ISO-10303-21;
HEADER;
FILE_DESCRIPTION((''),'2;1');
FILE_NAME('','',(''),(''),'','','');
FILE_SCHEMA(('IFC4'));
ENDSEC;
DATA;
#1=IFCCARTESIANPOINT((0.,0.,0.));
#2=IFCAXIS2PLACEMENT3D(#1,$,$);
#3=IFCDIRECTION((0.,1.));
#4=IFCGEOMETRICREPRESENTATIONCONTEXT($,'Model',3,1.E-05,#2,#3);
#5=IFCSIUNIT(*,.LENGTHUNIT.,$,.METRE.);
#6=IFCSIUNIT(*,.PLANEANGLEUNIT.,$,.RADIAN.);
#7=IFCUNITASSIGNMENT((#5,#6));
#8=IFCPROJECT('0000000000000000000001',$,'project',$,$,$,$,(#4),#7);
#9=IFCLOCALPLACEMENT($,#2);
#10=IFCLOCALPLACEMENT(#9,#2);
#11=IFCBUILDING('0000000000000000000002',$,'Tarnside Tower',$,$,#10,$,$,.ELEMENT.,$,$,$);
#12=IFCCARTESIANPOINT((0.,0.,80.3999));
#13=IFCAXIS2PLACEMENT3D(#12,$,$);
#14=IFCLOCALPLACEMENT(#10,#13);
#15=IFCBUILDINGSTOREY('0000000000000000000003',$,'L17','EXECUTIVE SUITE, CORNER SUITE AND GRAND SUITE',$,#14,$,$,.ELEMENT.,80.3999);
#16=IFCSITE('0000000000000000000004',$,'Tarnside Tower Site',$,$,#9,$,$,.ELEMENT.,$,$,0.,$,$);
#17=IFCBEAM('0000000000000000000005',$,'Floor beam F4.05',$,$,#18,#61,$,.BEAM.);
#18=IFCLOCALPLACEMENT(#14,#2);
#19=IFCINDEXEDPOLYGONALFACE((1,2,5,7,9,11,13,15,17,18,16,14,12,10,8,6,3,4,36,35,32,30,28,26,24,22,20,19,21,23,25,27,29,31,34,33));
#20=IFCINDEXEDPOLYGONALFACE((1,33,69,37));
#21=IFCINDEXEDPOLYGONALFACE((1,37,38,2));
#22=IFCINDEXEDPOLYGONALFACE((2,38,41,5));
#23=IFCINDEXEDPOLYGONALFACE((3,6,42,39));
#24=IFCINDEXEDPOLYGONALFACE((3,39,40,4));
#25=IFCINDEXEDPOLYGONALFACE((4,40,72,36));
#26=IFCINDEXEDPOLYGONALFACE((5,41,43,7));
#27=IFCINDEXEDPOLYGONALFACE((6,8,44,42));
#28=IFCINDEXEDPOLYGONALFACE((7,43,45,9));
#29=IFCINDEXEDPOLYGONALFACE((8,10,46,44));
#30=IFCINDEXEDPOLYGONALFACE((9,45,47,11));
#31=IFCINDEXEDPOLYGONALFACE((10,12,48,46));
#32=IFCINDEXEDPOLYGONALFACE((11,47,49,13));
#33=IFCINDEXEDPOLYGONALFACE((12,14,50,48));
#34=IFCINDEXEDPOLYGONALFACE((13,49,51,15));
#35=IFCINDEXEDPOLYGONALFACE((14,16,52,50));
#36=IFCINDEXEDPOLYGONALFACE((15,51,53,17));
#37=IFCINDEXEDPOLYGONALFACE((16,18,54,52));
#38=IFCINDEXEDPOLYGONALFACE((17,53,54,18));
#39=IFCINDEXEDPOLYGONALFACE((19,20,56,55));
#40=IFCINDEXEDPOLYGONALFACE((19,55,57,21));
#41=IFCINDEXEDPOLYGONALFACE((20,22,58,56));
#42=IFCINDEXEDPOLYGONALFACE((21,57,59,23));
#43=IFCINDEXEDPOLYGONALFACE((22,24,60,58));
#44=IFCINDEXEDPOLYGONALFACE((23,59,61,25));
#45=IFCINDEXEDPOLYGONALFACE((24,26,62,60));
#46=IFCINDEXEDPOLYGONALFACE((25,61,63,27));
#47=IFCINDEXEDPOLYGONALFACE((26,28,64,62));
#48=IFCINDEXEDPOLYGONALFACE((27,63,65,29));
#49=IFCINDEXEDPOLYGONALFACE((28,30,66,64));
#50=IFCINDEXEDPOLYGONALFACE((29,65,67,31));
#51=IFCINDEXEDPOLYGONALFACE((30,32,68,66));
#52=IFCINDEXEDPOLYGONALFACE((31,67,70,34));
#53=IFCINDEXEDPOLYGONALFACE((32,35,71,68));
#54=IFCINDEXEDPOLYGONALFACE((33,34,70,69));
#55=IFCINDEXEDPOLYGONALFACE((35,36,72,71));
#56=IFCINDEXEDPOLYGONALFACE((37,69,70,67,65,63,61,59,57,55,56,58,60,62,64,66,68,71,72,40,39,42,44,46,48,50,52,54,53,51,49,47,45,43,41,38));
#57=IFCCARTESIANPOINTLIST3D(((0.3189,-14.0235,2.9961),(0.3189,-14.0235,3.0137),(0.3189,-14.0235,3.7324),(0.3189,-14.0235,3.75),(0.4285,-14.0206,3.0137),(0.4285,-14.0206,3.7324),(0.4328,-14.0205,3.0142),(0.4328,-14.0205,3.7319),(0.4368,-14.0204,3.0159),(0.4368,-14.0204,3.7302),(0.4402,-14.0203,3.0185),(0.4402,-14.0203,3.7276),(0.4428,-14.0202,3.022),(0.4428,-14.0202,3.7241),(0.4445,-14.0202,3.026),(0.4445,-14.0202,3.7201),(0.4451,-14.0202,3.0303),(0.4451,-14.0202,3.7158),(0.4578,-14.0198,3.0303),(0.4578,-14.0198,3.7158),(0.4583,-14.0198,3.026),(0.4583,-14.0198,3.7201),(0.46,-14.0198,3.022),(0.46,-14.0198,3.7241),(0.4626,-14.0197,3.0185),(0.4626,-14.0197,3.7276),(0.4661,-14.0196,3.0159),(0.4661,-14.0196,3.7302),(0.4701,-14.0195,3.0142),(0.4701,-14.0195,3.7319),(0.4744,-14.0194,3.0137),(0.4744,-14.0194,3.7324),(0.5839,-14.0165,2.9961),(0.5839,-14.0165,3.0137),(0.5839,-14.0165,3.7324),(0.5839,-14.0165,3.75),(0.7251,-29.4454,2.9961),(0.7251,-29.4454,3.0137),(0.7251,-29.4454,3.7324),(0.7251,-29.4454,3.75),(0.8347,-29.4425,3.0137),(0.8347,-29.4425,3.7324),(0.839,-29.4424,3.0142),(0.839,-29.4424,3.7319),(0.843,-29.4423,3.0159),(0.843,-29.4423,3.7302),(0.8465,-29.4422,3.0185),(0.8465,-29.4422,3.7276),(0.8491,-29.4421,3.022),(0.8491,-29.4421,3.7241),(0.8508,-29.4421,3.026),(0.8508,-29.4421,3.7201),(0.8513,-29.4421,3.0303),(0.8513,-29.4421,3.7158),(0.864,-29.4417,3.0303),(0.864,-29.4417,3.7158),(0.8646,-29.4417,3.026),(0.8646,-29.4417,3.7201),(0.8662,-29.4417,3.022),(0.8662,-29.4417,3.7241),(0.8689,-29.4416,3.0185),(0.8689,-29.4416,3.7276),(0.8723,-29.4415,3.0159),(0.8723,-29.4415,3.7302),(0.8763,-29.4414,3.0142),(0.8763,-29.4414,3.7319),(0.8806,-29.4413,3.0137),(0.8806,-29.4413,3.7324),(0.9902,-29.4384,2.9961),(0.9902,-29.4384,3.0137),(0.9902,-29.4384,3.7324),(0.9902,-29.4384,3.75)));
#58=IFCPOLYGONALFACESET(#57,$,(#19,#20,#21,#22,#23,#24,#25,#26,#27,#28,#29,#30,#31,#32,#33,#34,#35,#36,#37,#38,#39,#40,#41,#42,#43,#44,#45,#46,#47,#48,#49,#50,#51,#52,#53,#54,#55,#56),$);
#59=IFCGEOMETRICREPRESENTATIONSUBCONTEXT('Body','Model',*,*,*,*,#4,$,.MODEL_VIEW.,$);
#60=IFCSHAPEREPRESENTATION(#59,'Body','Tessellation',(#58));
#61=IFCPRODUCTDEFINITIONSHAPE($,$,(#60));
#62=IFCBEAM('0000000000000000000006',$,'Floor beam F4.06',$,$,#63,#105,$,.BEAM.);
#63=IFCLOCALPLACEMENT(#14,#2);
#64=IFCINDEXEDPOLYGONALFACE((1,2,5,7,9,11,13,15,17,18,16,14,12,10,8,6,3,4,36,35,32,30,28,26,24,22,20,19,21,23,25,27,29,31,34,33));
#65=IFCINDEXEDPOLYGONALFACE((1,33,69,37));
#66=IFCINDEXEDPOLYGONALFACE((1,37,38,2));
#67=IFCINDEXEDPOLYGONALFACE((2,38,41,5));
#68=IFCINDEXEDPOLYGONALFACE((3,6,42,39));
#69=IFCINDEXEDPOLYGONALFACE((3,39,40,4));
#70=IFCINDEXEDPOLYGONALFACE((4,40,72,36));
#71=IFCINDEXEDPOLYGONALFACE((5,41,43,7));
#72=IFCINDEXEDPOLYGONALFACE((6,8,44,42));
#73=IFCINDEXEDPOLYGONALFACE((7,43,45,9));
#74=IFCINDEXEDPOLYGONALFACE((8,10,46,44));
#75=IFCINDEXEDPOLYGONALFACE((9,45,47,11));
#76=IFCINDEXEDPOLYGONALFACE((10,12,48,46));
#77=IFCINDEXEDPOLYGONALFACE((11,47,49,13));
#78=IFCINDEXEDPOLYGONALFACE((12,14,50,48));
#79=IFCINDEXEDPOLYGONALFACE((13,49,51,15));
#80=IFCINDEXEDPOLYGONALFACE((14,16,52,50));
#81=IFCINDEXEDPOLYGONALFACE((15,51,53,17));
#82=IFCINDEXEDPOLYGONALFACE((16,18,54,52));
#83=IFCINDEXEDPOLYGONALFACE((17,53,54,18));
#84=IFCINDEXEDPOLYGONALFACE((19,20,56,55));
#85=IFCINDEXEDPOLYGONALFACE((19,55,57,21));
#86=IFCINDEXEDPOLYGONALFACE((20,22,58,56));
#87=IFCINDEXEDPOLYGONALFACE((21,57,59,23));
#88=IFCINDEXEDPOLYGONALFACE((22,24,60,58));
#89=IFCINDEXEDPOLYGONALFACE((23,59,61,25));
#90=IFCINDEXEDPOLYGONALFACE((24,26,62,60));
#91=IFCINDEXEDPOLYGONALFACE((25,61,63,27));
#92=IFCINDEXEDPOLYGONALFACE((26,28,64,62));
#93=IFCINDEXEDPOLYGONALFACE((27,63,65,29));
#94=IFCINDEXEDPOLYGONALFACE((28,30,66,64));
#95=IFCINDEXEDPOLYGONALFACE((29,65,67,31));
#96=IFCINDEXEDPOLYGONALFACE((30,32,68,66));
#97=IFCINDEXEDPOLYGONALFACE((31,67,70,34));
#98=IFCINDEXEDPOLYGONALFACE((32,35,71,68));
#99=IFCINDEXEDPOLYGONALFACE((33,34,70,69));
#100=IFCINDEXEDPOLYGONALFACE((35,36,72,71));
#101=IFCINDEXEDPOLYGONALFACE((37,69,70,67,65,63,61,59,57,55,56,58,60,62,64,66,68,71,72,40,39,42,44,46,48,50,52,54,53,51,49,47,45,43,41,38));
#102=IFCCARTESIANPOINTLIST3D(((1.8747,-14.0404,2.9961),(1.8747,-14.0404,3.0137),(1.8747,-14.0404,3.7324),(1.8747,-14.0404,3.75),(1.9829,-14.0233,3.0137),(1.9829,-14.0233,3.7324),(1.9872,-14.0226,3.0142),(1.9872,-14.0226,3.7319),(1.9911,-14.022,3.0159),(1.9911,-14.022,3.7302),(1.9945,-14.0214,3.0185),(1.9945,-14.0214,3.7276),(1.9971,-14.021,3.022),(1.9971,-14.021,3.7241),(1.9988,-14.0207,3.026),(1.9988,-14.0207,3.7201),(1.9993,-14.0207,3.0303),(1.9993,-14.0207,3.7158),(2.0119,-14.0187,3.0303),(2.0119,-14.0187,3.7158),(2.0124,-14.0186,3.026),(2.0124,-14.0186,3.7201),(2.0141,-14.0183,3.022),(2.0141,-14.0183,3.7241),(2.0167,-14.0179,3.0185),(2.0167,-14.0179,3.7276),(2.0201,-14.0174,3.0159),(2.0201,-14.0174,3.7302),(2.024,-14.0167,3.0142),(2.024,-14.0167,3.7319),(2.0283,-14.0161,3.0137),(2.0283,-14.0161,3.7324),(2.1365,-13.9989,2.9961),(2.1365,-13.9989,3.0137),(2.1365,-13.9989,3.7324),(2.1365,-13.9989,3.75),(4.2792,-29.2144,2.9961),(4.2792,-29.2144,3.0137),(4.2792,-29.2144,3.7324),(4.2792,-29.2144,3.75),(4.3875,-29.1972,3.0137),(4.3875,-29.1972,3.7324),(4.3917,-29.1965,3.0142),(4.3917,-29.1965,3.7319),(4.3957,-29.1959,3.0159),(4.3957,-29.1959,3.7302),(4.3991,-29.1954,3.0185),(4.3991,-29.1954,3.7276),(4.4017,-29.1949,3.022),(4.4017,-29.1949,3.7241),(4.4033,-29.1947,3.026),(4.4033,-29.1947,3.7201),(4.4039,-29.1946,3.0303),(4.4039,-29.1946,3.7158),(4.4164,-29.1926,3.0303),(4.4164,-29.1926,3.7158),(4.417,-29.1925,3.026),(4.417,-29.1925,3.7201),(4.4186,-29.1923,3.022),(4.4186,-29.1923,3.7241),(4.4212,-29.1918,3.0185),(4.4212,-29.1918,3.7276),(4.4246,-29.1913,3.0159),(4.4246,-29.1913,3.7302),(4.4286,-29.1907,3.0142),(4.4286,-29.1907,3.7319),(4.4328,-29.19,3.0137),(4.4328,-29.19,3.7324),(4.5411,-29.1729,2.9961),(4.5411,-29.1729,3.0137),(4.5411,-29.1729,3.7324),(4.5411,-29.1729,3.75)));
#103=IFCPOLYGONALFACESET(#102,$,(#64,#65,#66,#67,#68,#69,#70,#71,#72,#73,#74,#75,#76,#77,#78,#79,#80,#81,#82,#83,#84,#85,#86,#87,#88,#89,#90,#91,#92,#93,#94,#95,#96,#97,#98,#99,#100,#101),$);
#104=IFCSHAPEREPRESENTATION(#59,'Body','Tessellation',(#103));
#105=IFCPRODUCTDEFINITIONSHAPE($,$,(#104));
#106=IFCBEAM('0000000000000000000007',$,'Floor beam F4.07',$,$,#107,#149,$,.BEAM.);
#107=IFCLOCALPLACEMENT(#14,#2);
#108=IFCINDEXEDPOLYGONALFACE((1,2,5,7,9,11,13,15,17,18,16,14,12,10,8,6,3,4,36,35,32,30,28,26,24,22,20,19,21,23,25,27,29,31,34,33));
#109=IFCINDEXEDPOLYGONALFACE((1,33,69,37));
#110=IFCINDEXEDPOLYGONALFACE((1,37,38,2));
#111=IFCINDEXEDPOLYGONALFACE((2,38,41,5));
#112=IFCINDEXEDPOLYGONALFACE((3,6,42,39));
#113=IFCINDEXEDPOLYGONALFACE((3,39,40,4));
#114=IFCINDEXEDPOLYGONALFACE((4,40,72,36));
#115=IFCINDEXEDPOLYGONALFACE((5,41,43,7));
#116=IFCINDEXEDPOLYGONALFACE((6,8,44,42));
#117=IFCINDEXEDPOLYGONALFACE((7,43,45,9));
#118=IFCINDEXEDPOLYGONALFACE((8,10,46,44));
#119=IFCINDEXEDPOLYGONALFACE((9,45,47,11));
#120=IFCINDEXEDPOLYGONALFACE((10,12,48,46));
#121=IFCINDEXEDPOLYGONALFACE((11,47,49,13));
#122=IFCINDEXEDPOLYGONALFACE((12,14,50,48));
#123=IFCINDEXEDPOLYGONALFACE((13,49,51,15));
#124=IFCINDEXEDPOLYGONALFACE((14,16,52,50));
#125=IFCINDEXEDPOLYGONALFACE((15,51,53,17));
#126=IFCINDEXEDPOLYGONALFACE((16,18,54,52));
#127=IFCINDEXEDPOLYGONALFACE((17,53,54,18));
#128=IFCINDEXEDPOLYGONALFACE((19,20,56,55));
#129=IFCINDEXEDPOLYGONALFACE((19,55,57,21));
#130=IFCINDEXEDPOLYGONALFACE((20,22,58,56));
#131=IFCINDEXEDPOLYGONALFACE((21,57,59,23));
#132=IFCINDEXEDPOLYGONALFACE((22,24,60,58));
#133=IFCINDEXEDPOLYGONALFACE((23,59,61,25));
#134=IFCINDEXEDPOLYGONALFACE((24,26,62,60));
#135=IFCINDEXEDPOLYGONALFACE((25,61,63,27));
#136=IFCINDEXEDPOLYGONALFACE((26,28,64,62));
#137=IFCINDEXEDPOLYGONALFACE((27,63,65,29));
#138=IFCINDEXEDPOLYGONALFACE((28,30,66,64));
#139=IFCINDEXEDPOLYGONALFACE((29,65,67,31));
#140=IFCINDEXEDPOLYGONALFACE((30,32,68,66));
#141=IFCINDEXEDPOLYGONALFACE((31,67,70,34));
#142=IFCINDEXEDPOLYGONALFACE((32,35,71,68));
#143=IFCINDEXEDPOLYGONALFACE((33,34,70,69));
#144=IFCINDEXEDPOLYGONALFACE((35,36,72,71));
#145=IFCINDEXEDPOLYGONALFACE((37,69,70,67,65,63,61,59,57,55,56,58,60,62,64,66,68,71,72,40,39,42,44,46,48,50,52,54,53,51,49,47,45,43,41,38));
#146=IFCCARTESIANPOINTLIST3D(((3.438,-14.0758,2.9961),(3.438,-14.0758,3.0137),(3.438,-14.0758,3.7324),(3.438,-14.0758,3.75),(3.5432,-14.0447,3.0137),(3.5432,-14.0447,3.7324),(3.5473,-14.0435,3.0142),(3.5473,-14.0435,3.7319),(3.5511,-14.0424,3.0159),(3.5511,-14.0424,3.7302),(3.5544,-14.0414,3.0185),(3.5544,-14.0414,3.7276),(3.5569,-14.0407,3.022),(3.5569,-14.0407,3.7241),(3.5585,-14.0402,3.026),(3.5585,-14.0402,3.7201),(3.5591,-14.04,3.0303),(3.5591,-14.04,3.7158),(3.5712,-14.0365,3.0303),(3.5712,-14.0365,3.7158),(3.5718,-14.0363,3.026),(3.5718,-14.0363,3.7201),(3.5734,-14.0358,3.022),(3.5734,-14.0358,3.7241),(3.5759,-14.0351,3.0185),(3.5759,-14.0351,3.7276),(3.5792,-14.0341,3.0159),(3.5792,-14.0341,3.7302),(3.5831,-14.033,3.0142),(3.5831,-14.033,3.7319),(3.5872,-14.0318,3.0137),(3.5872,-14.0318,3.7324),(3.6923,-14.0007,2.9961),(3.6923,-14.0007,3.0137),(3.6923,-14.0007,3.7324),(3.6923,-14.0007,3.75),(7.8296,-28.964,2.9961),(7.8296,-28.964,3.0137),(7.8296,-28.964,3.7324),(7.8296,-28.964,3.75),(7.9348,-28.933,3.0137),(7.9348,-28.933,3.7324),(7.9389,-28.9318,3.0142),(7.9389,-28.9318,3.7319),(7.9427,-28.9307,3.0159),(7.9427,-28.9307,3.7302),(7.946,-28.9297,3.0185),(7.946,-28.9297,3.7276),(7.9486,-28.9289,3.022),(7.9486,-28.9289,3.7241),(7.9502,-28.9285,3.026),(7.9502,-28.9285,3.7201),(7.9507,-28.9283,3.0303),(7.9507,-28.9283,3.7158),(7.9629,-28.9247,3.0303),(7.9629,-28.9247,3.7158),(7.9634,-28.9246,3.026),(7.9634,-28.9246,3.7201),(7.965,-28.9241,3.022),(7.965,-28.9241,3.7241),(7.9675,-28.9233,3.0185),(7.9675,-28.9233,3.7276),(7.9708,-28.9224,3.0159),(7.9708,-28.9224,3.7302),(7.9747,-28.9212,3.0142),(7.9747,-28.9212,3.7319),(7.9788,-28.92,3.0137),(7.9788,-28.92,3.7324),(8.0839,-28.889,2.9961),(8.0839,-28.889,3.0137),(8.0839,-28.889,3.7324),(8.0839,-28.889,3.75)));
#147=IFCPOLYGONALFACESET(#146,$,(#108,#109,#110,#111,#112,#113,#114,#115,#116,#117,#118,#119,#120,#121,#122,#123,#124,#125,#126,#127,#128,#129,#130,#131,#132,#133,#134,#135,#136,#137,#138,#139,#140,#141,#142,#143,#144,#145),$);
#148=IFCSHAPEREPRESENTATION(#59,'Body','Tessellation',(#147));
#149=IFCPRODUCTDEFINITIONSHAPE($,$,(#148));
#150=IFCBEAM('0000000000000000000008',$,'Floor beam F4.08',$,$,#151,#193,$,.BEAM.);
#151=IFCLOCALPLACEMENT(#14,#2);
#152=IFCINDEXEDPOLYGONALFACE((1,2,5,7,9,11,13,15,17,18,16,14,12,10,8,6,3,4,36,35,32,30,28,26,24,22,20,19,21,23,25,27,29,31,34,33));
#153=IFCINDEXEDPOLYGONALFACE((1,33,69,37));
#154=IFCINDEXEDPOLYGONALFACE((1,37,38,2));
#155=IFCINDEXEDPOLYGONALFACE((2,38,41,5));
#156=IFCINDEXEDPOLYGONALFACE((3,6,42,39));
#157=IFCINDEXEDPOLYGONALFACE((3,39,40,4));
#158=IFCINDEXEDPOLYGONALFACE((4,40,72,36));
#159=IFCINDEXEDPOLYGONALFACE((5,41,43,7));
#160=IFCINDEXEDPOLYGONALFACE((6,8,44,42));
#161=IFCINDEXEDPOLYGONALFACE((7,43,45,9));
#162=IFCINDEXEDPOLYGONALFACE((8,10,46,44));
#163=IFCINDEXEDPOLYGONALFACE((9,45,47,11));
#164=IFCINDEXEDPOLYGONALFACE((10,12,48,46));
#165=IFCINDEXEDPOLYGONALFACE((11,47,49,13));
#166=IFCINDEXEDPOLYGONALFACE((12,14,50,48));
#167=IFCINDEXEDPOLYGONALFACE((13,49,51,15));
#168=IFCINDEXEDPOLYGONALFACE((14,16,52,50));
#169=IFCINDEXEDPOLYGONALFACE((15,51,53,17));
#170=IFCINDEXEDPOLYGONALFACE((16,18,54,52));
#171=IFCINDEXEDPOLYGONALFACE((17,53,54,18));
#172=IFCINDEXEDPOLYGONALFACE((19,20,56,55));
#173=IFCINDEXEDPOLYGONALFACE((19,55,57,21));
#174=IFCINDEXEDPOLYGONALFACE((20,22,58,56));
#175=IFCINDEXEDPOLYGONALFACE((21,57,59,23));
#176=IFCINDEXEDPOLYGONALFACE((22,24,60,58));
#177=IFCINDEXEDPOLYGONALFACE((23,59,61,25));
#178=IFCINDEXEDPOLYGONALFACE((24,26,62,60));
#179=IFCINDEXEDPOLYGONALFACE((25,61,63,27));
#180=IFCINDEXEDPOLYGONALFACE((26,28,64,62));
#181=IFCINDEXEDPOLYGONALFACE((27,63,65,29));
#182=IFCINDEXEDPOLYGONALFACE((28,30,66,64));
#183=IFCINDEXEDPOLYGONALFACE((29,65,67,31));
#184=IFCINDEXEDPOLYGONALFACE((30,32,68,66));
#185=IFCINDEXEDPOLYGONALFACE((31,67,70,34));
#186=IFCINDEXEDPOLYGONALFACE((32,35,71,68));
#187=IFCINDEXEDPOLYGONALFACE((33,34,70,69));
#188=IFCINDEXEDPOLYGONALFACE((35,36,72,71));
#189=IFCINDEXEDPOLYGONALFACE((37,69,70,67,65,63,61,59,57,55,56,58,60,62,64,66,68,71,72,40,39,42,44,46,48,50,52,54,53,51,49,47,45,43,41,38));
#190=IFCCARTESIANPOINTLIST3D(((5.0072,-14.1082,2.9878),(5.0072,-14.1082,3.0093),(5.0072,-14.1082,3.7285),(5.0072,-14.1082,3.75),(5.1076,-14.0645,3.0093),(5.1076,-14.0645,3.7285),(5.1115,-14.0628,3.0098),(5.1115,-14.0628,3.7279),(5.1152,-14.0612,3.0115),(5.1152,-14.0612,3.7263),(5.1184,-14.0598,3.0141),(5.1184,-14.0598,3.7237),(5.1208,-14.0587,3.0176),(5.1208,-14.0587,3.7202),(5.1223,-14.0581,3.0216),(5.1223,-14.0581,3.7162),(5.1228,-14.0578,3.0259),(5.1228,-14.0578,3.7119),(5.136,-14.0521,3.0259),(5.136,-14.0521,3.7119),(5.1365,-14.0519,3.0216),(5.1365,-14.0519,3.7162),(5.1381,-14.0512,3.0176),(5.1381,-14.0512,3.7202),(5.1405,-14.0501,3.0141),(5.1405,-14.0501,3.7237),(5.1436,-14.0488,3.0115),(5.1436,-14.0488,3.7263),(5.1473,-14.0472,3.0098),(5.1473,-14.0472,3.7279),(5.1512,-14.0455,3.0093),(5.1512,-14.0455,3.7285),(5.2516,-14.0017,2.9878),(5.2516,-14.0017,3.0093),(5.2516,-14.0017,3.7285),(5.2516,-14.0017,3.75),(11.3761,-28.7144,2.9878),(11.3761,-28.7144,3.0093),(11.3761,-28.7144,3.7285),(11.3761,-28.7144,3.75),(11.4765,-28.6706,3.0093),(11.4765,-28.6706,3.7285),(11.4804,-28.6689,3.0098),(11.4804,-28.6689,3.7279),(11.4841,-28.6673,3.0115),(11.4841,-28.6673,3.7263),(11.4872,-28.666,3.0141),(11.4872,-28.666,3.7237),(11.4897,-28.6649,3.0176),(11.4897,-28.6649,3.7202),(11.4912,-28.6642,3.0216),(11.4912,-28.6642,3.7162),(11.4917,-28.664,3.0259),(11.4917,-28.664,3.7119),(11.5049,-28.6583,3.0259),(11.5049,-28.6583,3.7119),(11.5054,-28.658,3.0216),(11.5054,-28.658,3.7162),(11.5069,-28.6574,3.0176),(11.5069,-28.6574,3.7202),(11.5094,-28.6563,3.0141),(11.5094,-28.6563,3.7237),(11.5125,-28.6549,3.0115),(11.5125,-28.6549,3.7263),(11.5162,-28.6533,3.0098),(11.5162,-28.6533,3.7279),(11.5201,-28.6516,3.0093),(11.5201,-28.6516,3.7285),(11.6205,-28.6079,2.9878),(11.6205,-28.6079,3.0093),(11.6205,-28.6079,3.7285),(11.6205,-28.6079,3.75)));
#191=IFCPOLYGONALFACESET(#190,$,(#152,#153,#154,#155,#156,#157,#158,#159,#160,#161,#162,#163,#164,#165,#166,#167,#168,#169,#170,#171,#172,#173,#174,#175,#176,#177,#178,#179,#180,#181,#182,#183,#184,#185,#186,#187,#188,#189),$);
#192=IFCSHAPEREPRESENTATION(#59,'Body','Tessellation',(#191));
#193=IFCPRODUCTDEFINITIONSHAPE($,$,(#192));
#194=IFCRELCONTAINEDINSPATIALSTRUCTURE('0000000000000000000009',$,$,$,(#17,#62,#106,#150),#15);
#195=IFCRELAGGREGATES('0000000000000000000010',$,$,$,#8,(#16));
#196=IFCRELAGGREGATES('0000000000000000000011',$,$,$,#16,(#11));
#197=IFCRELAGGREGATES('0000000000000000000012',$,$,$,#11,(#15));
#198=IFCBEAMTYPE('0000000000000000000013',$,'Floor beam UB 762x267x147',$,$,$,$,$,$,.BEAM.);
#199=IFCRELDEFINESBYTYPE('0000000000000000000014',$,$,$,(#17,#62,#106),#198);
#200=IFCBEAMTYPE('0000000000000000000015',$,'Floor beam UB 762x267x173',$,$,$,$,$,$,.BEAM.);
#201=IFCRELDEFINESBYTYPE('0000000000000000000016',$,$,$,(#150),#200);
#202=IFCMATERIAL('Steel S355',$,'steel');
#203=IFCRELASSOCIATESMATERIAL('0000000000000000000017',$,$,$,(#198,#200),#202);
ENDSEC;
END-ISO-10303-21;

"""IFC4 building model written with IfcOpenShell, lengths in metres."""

from ifc_helpers import new_model, si_unit, direction, frame, origin, origin_2d, place, context, subcontext, project, spatial, i_section, extrude, material, material_profile, profile_set, type_object, element, save


model = new_model("IFC4")

# Units and contexts
model_context = context("Model", 3, precision=1e-05, world=origin(), true_north=direction((0.0, 1.0)))
body_context = subcontext(model_context, "Body", "Model", "MODEL_VIEW")
ifc_project = project(units=[si_unit("LENGTHUNIT", "METRE"), si_unit("PLANEANGLEUNIT", "RADIAN")], contexts=[model_context])

# Site, building, storey
site_placement = place(None, origin())
site = spatial("IfcSite", under=ifc_project, at=site_placement, Name="Tarnside Tower Site", CompositionType="ELEMENT", RefElevation=0.0)
building_placement = place(site_placement, origin())
building = spatial("IfcBuilding", under=site, at=building_placement, Name="Tarnside Tower", CompositionType="ELEMENT")
storey_placement = place(building_placement, frame((0.0, 0.0, 80.3999)))
storey = spatial("IfcBuildingStorey", under=building, at=storey_placement, Name="L17", Description="EXECUTIVE SUITE, CORNER SUITE AND GRAND SUITE", CompositionType="ELEMENT", Elevation=80.3999)

# Beams
ifc_material_1 = material(Name="Steel S355", Category="steel")
ifc_material_profile_1 = material_profile(ifc_material_1, i_section(OverallWidth=0.2651, OverallDepth=0.7539, WebThickness=0.0127, FlangeThickness=0.0176, FilletRadius=0.0166, at=origin_2d()), Name="UB 762x267x147")
ifc_profile_set_1 = profile_set([ifc_material_profile_1], Name="Steel S355")
beam_type_1 = type_object("IfcBeamType", Name="Floor beam UB 762x267x147", PredefinedType="BEAM", material=ifc_profile_set_1)
beam_1_placement = place(storey_placement, frame((0.8577, -29.4419, 3.373), z_axis=(-0.026333, 0.999653, 0.0), x_axis=(-0.999653, -0.026333, 0.0)))
element("IfcBeam", 1, at=beam_1_placement, inside=storey, type_object=beam_type_1, Name="Floor beam F4.05", PredefinedType="BEAM", context=body_context, shape_type="SweptSolid", body=[
    extrude(i_section(OverallWidth=0.2651, OverallDepth=0.7539, WebThickness=0.0127, FlangeThickness=0.0176, FilletRadius=0.0166, at=origin_2d()), origin(), (0.0, 0.0, 1.0), 15.4272),
])
beam_2_placement = place(storey_placement, frame((4.4102, -29.1936, 3.373), z_axis=(-0.156513, 0.987676, 0.0), x_axis=(-0.987676, -0.156513, 0.0)))
element("IfcBeam", 2, at=beam_2_placement, inside=storey, type_object=beam_type_1, Name="Floor beam F4.06", PredefinedType="BEAM", context=body_context, shape_type="SweptSolid", body=[
    extrude(i_section(OverallWidth=0.2651, OverallDepth=0.7539, WebThickness=0.0127, FlangeThickness=0.0176, FilletRadius=0.0166, at=origin_2d()), origin(), (0.0, 0.0, 1.0), 15.3633),
])
beam_3_placement = place(storey_placement, frame((7.9568, -28.9265, 3.373), z_axis=(-0.282921, 0.959143, 0.0), x_axis=(-0.959143, -0.282921, 0.0)))
element("IfcBeam", 3, at=beam_3_placement, inside=storey, type_object=beam_type_1, Name="Floor beam F4.07", PredefinedType="BEAM", context=body_context, shape_type="SweptSolid", body=[
    extrude(i_section(OverallWidth=0.2651, OverallDepth=0.7539, WebThickness=0.0127, FlangeThickness=0.0176, FilletRadius=0.0166, at=origin_2d()), origin(), (0.0, 0.0, 1.0), 15.5225),
])
ifc_material_profile_2 = material_profile(ifc_material_1, i_section(OverallWidth=0.2666, OverallDepth=0.7622, WebThickness=0.0144, FlangeThickness=0.0215, FilletRadius=0.0166, at=origin_2d()), Name="UB 762x267x173")
ifc_profile_set_2 = profile_set([ifc_material_profile_2], Name="Steel S355")
beam_type_2 = type_object("IfcBeamType", Name="Floor beam UB 762x267x173", PredefinedType="BEAM", material=ifc_profile_set_2)
beam_4_placement = place(storey_placement, frame((11.4983, -28.6611, 3.3689), z_axis=(-0.399696, 0.916648, 0.0), x_axis=(-0.916648, -0.399696, 0.0)))
element("IfcBeam", 4, at=beam_4_placement, inside=storey, type_object=beam_type_2, Name="Floor beam F4.08", PredefinedType="BEAM", context=body_context, shape_type="SweptSolid", body=[
    extrude(i_section(OverallWidth=0.2666, OverallDepth=0.7622, WebThickness=0.0144, FlangeThickness=0.0215, FilletRadius=0.0166, at=origin_2d()), origin(), (0.0, 0.0, 1.0), 15.9343),
])

save(model, "model.ifc")
